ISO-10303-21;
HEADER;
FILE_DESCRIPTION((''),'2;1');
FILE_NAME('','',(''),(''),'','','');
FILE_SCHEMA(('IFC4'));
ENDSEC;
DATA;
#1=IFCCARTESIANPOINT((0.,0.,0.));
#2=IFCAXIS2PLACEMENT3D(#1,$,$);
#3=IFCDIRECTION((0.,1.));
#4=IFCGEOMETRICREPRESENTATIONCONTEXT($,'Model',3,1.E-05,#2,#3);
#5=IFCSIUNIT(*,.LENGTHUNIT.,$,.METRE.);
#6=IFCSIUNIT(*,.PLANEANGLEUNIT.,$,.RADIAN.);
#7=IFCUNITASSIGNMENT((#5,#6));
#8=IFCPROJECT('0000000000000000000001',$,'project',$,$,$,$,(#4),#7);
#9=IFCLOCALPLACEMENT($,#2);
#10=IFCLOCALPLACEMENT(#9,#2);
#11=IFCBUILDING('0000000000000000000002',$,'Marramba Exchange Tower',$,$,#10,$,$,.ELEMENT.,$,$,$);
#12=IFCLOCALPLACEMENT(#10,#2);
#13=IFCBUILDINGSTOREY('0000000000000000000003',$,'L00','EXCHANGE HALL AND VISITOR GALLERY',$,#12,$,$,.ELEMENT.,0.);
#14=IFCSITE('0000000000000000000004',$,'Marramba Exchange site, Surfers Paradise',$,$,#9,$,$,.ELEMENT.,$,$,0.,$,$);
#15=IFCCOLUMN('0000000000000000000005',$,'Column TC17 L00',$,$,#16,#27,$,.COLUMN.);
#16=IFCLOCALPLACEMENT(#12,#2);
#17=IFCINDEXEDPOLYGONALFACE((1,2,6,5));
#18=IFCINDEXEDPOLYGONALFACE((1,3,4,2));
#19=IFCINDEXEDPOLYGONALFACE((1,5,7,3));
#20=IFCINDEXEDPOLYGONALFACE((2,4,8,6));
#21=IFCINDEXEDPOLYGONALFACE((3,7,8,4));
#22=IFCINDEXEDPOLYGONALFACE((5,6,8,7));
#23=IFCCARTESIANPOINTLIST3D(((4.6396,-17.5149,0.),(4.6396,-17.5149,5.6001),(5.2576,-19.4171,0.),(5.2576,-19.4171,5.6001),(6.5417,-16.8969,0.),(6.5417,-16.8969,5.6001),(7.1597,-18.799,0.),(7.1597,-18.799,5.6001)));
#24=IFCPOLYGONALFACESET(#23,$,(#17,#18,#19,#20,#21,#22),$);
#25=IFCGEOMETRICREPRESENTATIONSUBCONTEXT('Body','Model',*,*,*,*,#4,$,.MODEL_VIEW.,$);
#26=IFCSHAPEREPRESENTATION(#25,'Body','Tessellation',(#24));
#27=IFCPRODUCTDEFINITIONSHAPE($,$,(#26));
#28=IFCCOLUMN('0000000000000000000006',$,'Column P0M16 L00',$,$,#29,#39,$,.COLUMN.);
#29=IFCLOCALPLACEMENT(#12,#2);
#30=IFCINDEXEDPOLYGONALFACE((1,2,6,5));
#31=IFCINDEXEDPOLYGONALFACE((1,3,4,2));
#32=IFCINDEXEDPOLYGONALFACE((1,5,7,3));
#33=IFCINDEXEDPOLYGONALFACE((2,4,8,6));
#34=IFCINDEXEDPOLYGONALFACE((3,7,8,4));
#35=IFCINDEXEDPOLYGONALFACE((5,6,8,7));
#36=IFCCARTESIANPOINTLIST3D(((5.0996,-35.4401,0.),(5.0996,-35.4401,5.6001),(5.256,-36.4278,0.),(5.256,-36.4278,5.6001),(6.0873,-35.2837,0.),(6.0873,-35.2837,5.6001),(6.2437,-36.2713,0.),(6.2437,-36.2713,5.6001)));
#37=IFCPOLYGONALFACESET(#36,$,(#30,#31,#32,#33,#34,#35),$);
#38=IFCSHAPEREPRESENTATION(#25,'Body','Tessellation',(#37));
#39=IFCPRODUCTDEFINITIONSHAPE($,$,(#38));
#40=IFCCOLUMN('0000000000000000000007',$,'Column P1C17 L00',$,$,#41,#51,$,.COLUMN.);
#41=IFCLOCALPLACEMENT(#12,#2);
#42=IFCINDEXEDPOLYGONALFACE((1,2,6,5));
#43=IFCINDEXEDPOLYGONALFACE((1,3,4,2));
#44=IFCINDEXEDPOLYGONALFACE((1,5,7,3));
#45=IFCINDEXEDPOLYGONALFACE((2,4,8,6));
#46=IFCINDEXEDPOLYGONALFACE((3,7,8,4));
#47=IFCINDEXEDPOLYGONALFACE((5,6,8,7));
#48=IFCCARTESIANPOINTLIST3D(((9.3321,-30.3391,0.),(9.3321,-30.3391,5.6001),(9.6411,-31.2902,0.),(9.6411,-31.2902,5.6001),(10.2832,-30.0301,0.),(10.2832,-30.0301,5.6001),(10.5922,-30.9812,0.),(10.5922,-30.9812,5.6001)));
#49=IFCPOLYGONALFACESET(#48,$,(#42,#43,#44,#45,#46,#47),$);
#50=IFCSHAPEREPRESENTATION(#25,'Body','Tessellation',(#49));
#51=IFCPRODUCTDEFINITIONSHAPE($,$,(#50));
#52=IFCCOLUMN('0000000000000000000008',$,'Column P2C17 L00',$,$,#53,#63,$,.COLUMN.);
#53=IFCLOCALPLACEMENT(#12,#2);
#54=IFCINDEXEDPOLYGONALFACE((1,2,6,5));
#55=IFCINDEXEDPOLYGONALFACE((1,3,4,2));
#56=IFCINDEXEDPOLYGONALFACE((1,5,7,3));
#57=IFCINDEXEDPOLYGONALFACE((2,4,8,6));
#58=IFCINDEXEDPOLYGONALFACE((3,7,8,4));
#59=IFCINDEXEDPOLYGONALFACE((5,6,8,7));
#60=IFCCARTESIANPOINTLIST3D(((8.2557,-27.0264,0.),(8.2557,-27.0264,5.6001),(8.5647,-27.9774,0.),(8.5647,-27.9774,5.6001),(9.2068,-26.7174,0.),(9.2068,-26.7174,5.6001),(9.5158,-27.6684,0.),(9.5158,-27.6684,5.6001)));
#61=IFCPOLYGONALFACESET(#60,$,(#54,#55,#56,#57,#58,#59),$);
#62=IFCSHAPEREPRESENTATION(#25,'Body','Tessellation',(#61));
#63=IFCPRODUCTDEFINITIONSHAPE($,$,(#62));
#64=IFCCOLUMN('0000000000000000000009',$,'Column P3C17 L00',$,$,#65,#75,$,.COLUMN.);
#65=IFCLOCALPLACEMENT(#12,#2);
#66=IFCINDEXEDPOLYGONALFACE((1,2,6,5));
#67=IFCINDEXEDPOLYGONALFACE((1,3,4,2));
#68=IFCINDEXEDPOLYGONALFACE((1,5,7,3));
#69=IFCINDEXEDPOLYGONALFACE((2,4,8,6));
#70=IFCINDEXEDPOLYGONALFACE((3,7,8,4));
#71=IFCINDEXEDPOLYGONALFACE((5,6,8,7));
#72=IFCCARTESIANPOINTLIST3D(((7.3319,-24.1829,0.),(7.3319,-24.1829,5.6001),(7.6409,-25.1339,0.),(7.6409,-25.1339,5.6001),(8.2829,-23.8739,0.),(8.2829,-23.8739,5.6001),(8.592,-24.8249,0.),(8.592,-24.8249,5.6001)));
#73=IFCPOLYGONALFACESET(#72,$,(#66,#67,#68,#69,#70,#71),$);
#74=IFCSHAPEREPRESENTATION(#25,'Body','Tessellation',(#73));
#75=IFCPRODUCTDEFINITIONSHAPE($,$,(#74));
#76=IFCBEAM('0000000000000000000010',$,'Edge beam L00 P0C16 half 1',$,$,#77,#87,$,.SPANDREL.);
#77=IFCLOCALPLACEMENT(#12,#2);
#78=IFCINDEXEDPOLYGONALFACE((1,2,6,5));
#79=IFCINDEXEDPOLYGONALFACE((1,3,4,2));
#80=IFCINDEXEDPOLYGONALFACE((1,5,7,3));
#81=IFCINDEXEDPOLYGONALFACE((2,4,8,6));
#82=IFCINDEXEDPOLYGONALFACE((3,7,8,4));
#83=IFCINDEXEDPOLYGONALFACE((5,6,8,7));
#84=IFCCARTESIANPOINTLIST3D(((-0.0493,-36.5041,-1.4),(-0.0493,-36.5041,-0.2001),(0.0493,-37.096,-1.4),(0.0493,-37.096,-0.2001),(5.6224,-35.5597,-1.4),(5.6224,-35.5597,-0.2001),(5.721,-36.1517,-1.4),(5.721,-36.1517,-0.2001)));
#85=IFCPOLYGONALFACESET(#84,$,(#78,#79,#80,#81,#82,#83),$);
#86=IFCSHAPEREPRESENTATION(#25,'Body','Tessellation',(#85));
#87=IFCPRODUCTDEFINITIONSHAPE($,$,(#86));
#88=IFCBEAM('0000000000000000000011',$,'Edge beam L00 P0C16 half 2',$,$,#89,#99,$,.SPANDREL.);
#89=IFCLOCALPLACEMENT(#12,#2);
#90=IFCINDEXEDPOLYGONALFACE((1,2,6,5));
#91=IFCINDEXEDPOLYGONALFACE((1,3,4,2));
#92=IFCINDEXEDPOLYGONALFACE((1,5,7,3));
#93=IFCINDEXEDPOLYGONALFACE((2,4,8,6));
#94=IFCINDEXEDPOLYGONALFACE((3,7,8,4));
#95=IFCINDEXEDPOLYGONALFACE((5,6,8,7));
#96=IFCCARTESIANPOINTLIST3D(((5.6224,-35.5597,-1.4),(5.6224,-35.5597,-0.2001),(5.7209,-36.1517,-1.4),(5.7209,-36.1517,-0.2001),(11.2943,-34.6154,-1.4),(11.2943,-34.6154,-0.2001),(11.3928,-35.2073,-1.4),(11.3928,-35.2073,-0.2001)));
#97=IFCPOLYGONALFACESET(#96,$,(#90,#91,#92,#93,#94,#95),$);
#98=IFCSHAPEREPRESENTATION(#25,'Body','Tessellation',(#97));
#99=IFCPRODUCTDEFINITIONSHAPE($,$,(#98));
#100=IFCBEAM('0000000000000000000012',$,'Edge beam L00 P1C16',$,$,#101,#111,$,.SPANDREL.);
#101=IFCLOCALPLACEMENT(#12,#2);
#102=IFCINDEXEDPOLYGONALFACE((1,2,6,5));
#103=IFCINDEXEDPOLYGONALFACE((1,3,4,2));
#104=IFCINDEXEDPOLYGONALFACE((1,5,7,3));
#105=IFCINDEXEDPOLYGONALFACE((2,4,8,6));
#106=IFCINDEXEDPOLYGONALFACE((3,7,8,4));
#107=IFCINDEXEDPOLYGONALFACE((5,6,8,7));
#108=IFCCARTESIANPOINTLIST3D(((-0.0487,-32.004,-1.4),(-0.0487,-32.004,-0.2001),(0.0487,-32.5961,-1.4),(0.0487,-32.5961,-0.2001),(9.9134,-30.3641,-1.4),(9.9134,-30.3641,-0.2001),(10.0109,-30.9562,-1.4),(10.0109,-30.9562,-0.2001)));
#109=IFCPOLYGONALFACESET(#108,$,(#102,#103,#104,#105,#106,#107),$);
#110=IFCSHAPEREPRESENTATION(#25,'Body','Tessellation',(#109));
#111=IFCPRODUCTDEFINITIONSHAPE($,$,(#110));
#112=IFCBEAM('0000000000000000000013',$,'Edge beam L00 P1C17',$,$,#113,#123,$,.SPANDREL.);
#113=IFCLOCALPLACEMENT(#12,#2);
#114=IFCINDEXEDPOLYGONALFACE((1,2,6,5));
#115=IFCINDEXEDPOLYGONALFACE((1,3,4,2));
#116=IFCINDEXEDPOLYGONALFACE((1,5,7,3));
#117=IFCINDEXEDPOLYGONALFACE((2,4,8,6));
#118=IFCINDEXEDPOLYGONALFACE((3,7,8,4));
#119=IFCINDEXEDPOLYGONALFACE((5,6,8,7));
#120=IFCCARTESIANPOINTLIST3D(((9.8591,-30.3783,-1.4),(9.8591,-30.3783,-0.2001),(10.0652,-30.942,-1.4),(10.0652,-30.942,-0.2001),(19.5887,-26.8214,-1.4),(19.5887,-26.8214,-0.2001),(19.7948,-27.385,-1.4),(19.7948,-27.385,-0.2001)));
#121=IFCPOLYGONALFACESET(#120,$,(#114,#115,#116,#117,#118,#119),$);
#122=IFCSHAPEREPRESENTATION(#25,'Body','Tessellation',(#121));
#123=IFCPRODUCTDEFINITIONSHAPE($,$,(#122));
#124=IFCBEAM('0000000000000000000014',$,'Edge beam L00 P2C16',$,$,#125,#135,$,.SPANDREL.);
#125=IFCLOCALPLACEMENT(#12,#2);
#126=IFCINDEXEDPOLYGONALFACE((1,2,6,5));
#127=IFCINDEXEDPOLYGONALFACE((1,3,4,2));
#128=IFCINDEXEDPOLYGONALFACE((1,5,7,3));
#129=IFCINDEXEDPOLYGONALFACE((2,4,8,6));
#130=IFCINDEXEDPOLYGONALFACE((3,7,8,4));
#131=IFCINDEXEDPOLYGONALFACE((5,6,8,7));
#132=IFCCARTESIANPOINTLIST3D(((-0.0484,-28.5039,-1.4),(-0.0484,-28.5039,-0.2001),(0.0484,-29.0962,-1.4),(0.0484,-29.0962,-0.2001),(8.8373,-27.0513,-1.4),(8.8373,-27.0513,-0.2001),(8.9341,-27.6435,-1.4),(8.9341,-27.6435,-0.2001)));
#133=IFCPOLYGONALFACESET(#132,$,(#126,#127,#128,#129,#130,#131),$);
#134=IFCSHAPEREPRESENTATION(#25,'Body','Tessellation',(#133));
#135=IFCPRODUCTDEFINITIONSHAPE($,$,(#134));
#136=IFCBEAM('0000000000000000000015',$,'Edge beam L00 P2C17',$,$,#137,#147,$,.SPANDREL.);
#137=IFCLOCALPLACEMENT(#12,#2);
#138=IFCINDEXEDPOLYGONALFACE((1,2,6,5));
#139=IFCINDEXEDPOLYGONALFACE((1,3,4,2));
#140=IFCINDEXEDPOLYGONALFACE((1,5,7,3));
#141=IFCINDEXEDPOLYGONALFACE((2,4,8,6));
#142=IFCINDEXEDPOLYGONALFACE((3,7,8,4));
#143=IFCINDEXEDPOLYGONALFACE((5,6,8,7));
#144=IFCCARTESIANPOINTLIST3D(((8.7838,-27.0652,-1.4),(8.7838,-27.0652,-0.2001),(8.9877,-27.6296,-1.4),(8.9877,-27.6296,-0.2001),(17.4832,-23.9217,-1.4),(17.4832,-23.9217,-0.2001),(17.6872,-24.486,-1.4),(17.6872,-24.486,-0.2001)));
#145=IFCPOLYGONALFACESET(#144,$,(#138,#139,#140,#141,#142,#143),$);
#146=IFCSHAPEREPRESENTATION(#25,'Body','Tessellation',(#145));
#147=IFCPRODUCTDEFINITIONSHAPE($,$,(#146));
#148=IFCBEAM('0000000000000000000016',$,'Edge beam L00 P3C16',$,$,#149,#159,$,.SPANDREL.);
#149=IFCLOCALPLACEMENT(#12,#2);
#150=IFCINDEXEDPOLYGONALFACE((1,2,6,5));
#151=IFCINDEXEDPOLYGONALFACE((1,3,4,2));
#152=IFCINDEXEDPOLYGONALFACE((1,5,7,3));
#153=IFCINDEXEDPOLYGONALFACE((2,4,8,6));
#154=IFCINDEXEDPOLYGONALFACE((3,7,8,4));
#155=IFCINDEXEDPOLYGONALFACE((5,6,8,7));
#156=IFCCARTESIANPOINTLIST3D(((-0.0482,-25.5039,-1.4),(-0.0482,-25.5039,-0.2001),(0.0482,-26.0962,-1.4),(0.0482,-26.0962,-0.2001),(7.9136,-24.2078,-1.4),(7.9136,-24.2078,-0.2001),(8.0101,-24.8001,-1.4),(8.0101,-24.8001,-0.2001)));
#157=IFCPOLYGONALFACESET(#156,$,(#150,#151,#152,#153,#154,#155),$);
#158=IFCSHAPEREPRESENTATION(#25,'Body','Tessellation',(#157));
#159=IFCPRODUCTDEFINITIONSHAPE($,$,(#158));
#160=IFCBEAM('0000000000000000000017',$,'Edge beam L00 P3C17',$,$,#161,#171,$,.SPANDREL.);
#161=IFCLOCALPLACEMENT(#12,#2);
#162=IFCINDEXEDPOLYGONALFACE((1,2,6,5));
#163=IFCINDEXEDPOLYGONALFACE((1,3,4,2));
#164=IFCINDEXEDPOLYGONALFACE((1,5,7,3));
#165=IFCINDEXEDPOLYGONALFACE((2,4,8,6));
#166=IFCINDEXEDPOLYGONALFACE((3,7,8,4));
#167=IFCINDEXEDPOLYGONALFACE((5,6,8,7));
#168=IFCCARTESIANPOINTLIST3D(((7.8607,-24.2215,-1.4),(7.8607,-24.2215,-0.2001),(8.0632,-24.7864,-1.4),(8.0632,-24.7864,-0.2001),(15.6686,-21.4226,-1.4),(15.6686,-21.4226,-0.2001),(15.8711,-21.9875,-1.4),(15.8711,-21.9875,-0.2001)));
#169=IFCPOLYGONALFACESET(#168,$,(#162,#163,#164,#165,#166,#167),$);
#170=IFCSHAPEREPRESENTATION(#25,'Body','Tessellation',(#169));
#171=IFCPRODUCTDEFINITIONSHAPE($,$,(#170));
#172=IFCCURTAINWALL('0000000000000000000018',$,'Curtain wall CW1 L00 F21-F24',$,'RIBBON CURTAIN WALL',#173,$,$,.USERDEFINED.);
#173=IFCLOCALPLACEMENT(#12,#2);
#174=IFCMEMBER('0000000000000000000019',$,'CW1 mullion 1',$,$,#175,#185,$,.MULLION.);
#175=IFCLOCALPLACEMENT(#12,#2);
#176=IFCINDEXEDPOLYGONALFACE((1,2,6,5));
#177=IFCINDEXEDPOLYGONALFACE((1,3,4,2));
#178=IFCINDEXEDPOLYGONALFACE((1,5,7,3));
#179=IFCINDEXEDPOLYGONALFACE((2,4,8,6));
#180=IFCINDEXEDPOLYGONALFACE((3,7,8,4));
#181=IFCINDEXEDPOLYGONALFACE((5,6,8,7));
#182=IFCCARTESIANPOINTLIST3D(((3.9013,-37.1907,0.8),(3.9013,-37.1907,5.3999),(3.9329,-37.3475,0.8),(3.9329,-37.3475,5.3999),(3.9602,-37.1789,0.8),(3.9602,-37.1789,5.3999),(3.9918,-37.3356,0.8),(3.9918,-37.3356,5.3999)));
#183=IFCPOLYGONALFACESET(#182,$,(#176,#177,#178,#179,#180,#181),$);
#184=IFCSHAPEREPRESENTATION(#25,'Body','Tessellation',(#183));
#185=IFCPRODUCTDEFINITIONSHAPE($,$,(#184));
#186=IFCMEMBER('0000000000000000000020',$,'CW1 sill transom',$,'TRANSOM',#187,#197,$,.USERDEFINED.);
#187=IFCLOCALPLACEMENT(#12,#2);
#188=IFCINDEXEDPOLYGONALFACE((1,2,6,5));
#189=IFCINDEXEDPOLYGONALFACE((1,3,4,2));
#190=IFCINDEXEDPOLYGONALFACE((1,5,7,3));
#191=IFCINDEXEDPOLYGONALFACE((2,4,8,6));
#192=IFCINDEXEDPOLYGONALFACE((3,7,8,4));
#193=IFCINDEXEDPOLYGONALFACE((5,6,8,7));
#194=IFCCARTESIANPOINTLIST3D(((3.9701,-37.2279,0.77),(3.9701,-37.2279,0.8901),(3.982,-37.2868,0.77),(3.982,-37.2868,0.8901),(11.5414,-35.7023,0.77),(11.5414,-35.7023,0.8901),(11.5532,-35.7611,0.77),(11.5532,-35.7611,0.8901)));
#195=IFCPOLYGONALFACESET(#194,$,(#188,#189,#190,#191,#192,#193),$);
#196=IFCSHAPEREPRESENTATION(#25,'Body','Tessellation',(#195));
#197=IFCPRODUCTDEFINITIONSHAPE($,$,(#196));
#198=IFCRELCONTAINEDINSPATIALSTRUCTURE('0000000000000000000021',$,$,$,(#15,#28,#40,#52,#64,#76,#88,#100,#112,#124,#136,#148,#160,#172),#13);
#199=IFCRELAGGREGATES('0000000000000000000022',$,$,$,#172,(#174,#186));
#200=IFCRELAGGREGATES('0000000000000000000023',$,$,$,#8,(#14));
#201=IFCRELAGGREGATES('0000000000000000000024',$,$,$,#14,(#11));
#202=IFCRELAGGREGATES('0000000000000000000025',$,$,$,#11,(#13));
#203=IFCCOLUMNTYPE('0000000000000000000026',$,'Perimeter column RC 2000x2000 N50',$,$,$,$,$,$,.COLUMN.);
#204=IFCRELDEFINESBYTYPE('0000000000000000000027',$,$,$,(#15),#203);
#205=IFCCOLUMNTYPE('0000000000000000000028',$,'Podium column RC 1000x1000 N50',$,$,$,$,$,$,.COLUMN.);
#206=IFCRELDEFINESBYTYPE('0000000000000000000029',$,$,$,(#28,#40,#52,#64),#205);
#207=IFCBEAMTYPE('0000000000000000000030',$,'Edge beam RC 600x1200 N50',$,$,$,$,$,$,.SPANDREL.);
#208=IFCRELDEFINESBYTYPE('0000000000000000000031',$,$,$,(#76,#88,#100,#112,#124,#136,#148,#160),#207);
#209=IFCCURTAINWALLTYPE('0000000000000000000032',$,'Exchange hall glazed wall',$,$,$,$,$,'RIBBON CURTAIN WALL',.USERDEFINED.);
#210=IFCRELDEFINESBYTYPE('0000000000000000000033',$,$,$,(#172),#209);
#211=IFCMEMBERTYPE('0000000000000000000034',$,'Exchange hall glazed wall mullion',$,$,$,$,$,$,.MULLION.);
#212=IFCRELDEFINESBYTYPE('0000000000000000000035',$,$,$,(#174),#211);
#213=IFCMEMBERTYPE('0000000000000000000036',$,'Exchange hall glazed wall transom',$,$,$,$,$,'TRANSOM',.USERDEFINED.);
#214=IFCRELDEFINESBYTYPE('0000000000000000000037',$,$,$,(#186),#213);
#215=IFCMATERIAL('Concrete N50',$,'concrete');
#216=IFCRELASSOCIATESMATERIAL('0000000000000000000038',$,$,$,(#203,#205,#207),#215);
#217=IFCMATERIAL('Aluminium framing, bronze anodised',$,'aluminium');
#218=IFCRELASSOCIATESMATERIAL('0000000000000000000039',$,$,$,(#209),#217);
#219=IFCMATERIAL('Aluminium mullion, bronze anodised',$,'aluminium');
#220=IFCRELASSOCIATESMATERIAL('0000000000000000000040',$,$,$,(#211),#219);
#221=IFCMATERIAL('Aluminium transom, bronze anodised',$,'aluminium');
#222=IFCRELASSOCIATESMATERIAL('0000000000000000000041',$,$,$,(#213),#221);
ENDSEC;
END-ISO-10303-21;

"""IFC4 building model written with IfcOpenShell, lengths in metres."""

from ifc_helpers import new_model, si_unit, direction, frame, origin, origin_2d, place, context, subcontext, project, spatial, rectangle, extrude, material, material_profile, profile_set, type_object, element, aggregate, save


model = new_model("IFC4")

# Units and contexts
model_context = context("Model", 3, precision=1e-05, world=origin(), true_north=direction((0.0, 1.0)))
body_context = subcontext(model_context, "Body", "Model", "MODEL_VIEW")
ifc_project = project(units=[si_unit("LENGTHUNIT", "METRE"), si_unit("PLANEANGLEUNIT", "RADIAN")], contexts=[model_context])

# Site, building, storey
site_placement = place(None, origin())
site = spatial("IfcSite", under=ifc_project, at=site_placement, Name="Marramba Exchange site, Surfers Paradise", CompositionType="ELEMENT", RefElevation=0.0)
building_placement = place(site_placement, origin())
building = spatial("IfcBuilding", under=site, at=building_placement, Name="Marramba Exchange Tower", CompositionType="ELEMENT")
storey_placement = place(building_placement, origin())
storey = spatial("IfcBuildingStorey", under=building, at=storey_placement, Name="L00", Description="EXCHANGE HALL AND VISITOR GALLERY", CompositionType="ELEMENT", Elevation=0.0)

# Columns
ifc_material_1 = material(Name="Concrete N50", Category="concrete")
ifc_material_profile_1 = material_profile(ifc_material_1, rectangle(XDim=2.0, YDim=2.0, at=origin_2d()), Name="RC 2000x2000")
ifc_profile_set_1 = profile_set([ifc_material_profile_1], Name="Concrete N50")
column_type_1 = type_object("IfcColumnType", Name="Perimeter column RC 2000x2000 N50", PredefinedType="COLUMN", material=ifc_profile_set_1)
column_placement = place(storey_placement, frame((5.8997, -18.157, 0.0), z_axis=(0.0, 0.0, 1.0), x_axis=(0.309017, -0.951057, 0.0)))
element("IfcColumn", 1, at=column_placement, inside=storey, type_object=column_type_1, Name="Column TC17 L00", PredefinedType="COLUMN", context=body_context, shape_type="SweptSolid", body=[
    extrude(rectangle(XDim=2.0, YDim=2.0, at=origin_2d()), origin(), (0.0, 0.0, 1.0), 5.6001),
])
ifc_material_profile_2 = material_profile(ifc_material_1, rectangle(XDim=1.0, YDim=1.0, at=origin_2d()), Name="RC 1000x1000")
ifc_profile_set_2 = profile_set([ifc_material_profile_2], Name="Concrete N50")
column_type_2 = type_object("IfcColumnType", Name="Podium column RC 1000x1000 N50", PredefinedType="COLUMN", material=ifc_profile_set_2)
for number, where, z_axis, x_axis, name in (
    (2, (5.6716, -35.8557, 0.0), (0.0, 0.0, 1.0), (0.156434, -0.987688, 0.0), "Column P0M16 L00"),
    (3, (9.9622, -30.6602, 0.0), (0.0, 0.0, 1.0), (0.309017, -0.951057, 0.0), "Column P1C17 L00"),
    (4, (8.8857, -27.3474, 0.0), (0.0, 0.0, 1.0), (0.309017, -0.951057, 0.0), "Column P2C17 L00"),
    (5, (7.9619, -24.5039, 0.0), (0.0, 0.0, 1.0), (0.309017, -0.951057, 0.0), "Column P3C17 L00"),
):
    element("IfcColumn", number, at=place(storey_placement, frame(where, z_axis=z_axis, x_axis=x_axis)), inside=storey, type_object=column_type_2, Name=name, PredefinedType="COLUMN", context=body_context, shape_type="SweptSolid", body=[
        extrude(rectangle(XDim=1.0, YDim=1.0, at=origin_2d()), origin(), (0.0, 0.0, 1.0), 5.6001),
    ])

# Beams
ifc_material_profile_3 = material_profile(ifc_material_1, rectangle(XDim=0.6001, YDim=1.2, at=origin_2d()), Name="RC 600x1200")
ifc_profile_set_3 = profile_set([ifc_material_profile_3], Name="Concrete N50")
beam_type_1 = type_object("IfcBeamType", Name="Edge beam RC 600x1200 N50", PredefinedType="SPANDREL", material=ifc_profile_set_3)
beam_1_placement = place(storey_placement, frame((0.0, -36.8, -0.8), z_axis=(0.98642, 0.164241, 0.0), x_axis=(-0.164241, 0.98642, 0.0)))
element("IfcBeam", 6, at=beam_1_placement, inside=storey, type_object=beam_type_1, Name="Edge beam L00 P0C16 half 1", PredefinedType="SPANDREL", context=body_context, shape_type="SweptSolid", body=[
    extrude(rectangle(XDim=0.6001, YDim=1.2, at=origin_2d()), origin(), (0.0, 0.0, 1.0), 5.7498),
])
beam_2_placement = place(storey_placement, frame((5.6716, -35.8557, -0.8), z_axis=(0.986421, 0.164234, 0.0), x_axis=(-0.164234, 0.986421, 0.0)))
element("IfcBeam", 7, at=beam_2_placement, inside=storey, type_object=beam_type_1, Name="Edge beam L00 P0C16 half 2", PredefinedType="SPANDREL", context=body_context, shape_type="SweptSolid", body=[
    extrude(rectangle(XDim=0.6001, YDim=1.2, at=origin_2d()), origin(), (0.0, 0.0, 1.0), 5.75),
])
beam_3_placement = place(storey_placement, frame((0.0, -32.3, -0.8), z_axis=(0.986721, 0.162426, 0.0), x_axis=(-0.162426, 0.986721, 0.0)))
element("IfcBeam", 8, at=beam_3_placement, inside=storey, type_object=beam_type_1, Name="Edge beam L00 P1C16", PredefinedType="SPANDREL", context=body_context, shape_type="SweptSolid", body=[
    extrude(rectangle(XDim=0.6001, YDim=1.2, at=origin_2d()), origin(), (0.0, 0.0, 1.0), 10.0962),
])
beam_4_placement = place(storey_placement, frame((9.9622, -30.6602, -0.8), z_axis=(0.939206, 0.343353, 0.0), x_axis=(-0.343353, 0.939206, 0.0)))
element("IfcBeam", 9, at=beam_4_placement, inside=storey, type_object=beam_type_1, Name="Edge beam L00 P1C17", PredefinedType="SPANDREL", context=body_context, shape_type="SweptSolid", body=[
    extrude(rectangle(XDim=0.6001, YDim=1.2, at=origin_2d()), origin(), (0.0, 0.0, 1.0), 10.3594),
])
beam_5_placement = place(storey_placement, frame((0.0, -28.8, -0.8), z_axis=(0.986899, 0.161338, 0.0), x_axis=(-0.161338, 0.986899, 0.0)))
element("IfcBeam", 10, at=beam_5_placement, inside=storey, type_object=beam_type_1, Name="Edge beam L00 P2C16", PredefinedType="SPANDREL", context=body_context, shape_type="SweptSolid", body=[
    extrude(rectangle(XDim=0.6001, YDim=1.2, at=origin_2d()), origin(), (0.0, 0.0, 1.0), 9.0037),
])
beam_6_placement = place(storey_placement, frame((8.8857, -27.3474, -0.8), z_axis=(0.940482, 0.339844, 0.0), x_axis=(-0.339844, 0.940482, 0.0)))
element("IfcBeam", 11, at=beam_6_placement, inside=storey, type_object=beam_type_1, Name="Edge beam L00 P2C17", PredefinedType="SPANDREL", context=body_context, shape_type="SweptSolid", body=[
    extrude(rectangle(XDim=0.6001, YDim=1.2, at=origin_2d()), origin(), (0.0, 0.0, 1.0), 9.25),
])
beam_7_placement = place(storey_placement, frame((0.0, -25.8, -0.8), z_axis=(0.987007, 0.160678, 0.0), x_axis=(-0.160678, 0.987007, 0.0)))
element("IfcBeam", 12, at=beam_7_placement, inside=storey, type_object=beam_type_1, Name="Edge beam L00 P3C16", PredefinedType="SPANDREL", context=body_context, shape_type="SweptSolid", body=[
    extrude(rectangle(XDim=0.6001, YDim=1.2, at=origin_2d()), origin(), (0.0, 0.0, 1.0), 8.0667),
])
beam_8_placement = place(storey_placement, frame((7.9619, -24.5039, -0.8), z_axis=(0.941348, 0.337438, 0.0), x_axis=(-0.337438, 0.941348, 0.0)))
element("IfcBeam", 13, at=beam_8_placement, inside=storey, type_object=beam_type_1, Name="Edge beam L00 P3C17", PredefinedType="SPANDREL", context=body_context, shape_type="SweptSolid", body=[
    extrude(rectangle(XDim=0.6001, YDim=1.2, at=origin_2d()), origin(), (0.0, 0.0, 1.0), 8.2944),
])

# Curtain wall, members
ifc_material_2 = material(Name="Aluminium framing, bronze anodised", Category="aluminium")
curtain_wall_type = type_object("IfcCurtainWallType", Name="Exchange hall glazed wall", ElementType="RIBBON CURTAIN WALL", PredefinedType="USERDEFINED", material=ifc_material_2)
curtain_wall_placement = place(storey_placement, origin())
curtain_wall = element("IfcCurtainWall", 14, at=curtain_wall_placement, inside=storey, type_object=curtain_wall_type, Name="Curtain wall CW1 L00 F21-F24", ObjectType="RIBBON CURTAIN WALL", PredefinedType="USERDEFINED")
ifc_material_3 = material(Name="Aluminium mullion, bronze anodised", Category="aluminium")
ifc_material_profile_4 = material_profile(ifc_material_3, rectangle(XDim=0.1599, YDim=0.0601, at=origin_2d()), Name="CW1 mullion 60x160")
ifc_profile_set_4 = profile_set([ifc_material_profile_4], Name="Aluminium mullion, bronze anodised")
member_type_1 = type_object("IfcMemberType", Name="Exchange hall glazed wall mullion", PredefinedType="MULLION", material=ifc_profile_set_4)
member_1_placement = place(storey_placement, frame((3.9465, -37.2632, 0.8), z_axis=(0.0, 0.0, 1.0), x_axis=(-0.197535, 0.980296, 0.0)))
member_1 = element("IfcMember", 15, at=member_1_placement, type_object=member_type_1, Name="CW1 mullion 1", PredefinedType="MULLION", context=body_context, shape_type="SweptSolid", body=[
    extrude(rectangle(XDim=0.1599, YDim=0.0601, at=origin_2d()), origin(), (0.0, 0.0, 1.0), 4.5999),
])
ifc_material_4 = material(Name="Aluminium transom, bronze anodised", Category="aluminium")
ifc_material_profile_5 = material_profile(ifc_material_4, rectangle(XDim=0.0601, YDim=0.1201, at=origin_2d()), Name="CW1 transom 60x120")
ifc_profile_set_5 = profile_set([ifc_material_profile_5], Name="Aluminium transom, bronze anodised")
member_type_2 = type_object("IfcMemberType", Name="Exchange hall glazed wall transom", ElementType="TRANSOM", PredefinedType="USERDEFINED", material=ifc_profile_set_5)
member_2_placement = place(storey_placement, frame((3.9761, -37.2573, 0.8301), z_axis=(0.980296, 0.197532, 0.0), x_axis=(-0.197532, 0.980296, 0.0)))
member_2 = element("IfcMember", 16, at=member_2_placement, type_object=member_type_2, Name="CW1 sill transom", ObjectType="TRANSOM", PredefinedType="USERDEFINED", context=body_context, shape_type="SweptSolid", body=[
    extrude(rectangle(XDim=0.0601, YDim=0.1201, at=origin_2d()), origin(), (0.0, 0.0, 1.0), 7.7234),
])

aggregate(curtain_wall, [member_1, member_2])

save(model, "model.ifc")
